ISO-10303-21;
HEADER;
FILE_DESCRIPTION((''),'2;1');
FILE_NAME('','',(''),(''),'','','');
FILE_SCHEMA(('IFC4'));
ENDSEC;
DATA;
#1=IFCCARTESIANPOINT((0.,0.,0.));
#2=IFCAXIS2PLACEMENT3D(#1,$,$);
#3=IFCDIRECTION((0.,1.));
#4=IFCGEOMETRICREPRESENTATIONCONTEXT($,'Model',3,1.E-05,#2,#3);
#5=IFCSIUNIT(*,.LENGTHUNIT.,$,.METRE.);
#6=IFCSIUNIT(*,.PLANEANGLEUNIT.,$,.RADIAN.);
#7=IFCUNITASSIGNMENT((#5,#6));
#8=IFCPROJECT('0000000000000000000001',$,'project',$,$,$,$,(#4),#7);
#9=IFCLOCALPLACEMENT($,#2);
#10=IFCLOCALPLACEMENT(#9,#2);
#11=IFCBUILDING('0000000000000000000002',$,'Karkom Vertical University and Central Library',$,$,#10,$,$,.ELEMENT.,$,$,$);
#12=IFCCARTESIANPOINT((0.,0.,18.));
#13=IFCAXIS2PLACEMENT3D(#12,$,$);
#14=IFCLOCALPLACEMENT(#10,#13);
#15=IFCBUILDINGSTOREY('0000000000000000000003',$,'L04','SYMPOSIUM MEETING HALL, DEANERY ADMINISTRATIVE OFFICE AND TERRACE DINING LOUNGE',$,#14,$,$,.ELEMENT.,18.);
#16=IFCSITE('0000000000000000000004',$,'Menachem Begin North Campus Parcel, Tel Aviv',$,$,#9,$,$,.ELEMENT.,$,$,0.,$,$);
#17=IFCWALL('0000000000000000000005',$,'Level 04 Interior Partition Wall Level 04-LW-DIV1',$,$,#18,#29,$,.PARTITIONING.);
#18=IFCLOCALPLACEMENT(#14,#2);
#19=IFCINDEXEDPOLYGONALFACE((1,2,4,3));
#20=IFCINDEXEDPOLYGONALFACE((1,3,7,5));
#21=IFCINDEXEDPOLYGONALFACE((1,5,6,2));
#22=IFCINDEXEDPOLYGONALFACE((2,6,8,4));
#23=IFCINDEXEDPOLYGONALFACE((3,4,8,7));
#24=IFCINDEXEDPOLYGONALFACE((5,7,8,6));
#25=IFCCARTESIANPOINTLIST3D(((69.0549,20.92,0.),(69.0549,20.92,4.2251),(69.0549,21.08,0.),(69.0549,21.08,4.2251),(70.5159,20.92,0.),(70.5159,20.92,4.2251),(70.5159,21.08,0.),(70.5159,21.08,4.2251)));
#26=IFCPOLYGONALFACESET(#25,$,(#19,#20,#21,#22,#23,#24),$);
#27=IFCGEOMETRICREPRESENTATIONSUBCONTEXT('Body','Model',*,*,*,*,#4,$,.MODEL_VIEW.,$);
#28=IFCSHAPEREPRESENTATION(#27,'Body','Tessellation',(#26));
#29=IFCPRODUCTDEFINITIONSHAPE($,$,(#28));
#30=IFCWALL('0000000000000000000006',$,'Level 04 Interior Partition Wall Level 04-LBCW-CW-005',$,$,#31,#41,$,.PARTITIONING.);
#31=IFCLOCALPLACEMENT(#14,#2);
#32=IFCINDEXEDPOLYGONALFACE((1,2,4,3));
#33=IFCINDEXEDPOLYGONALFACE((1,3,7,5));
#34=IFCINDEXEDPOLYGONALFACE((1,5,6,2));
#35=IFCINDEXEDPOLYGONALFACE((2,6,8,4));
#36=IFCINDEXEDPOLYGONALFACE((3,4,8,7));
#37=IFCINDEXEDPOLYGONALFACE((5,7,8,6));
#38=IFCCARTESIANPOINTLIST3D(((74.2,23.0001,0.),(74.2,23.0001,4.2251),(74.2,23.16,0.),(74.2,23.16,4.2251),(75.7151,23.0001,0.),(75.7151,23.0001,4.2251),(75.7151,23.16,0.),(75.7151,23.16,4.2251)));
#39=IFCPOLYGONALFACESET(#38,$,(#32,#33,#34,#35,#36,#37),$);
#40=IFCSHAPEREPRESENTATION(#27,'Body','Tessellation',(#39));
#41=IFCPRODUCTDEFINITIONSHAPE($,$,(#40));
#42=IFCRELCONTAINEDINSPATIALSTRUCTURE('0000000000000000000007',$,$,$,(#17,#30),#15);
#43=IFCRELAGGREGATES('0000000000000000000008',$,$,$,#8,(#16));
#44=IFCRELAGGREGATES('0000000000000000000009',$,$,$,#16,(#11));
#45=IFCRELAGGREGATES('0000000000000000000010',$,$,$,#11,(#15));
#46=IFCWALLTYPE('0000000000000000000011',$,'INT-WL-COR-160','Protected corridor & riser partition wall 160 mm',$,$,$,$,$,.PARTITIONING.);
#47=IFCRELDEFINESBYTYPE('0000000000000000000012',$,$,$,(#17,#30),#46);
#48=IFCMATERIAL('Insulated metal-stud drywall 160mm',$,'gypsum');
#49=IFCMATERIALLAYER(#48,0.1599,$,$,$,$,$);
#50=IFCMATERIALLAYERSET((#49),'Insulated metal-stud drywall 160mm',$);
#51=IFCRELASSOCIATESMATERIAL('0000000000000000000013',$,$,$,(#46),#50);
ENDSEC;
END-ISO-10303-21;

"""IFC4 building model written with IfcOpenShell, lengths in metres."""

from ifc_helpers import new_model, si_unit, direction, frame, frame_2d, origin, place, context, subcontext, project, spatial, rectangle, extrude, material, layer, layer_set, type_object, element, save


model = new_model("IFC4")

# Units and contexts
model_context = context("Model", 3, precision=1e-05, world=origin(), true_north=direction((0.0, 1.0)))
body_context = subcontext(model_context, "Body", "Model", "MODEL_VIEW")
ifc_project = project(units=[si_unit("LENGTHUNIT", "METRE"), si_unit("PLANEANGLEUNIT", "RADIAN")], contexts=[model_context])

# Site, building, storey
site_placement = place(None, origin())
site = spatial("IfcSite", under=ifc_project, at=site_placement, Name="Menachem Begin North Campus Parcel, Tel Aviv", CompositionType="ELEMENT", RefElevation=0.0)
building_placement = place(site_placement, origin())
building = spatial("IfcBuilding", under=site, at=building_placement, Name="Karkom Vertical University and Central Library", CompositionType="ELEMENT")
storey_placement = place(building_placement, frame((0.0, 0.0, 18.0)))
storey = spatial("IfcBuildingStorey", under=building, at=storey_placement, Name="L04", Description="SYMPOSIUM MEETING HALL, DEANERY ADMINISTRATIVE OFFICE AND TERRACE DINING LOUNGE", CompositionType="ELEMENT", Elevation=18.0)

# Shared definitions
ifc_material_1 = material(Name="Insulated metal-stud drywall 160mm", Category="gypsum")
ifc_layer_1 = layer(ifc_material_1, 0.1599)
ifc_layer_set_1 = layer_set([ifc_layer_1], Name="Insulated metal-stud drywall 160mm")
wall_type = type_object("IfcWallType", Name="INT-WL-COR-160", Description="Protected corridor & riser partition wall 160 mm", PredefinedType="PARTITIONING", material=ifc_layer_set_1)

# Walls
wall_1_placement = place(storey_placement, frame((69.0549, 21.0, 0.0), z_axis=(0.0, 0.0, 1.0), x_axis=(1.0, 0.0, 0.0)))
element("IfcWall", 1, at=wall_1_placement, inside=storey, type_object=wall_type, Name="Level 04 Interior Partition Wall Level 04-LW-DIV1", PredefinedType="PARTITIONING", context=body_context, shape_type="SweptSolid", body=[
    extrude(rectangle(XDim=1.4609, YDim=0.1599, at=frame_2d((0.7305, 0.0))), origin(), (0.0, 0.0, 1.0), 4.2251),
])
wall_2_placement = place(storey_placement, frame((74.2, 23.0801, 0.0), z_axis=(0.0, 0.0, 1.0), x_axis=(1.0, 0.0, 0.0)))
element("IfcWall", 2, at=wall_2_placement, inside=storey, type_object=wall_type, Name="Level 04 Interior Partition Wall Level 04-LBCW-CW-005", PredefinedType="PARTITIONING", context=body_context, shape_type="SweptSolid", body=[
    extrude(rectangle(XDim=1.5151, YDim=0.1599, at=frame_2d((0.7576, 0.0))), origin(), (0.0, 0.0, 1.0), 4.2251),
])

save(model, "model.ifc")
